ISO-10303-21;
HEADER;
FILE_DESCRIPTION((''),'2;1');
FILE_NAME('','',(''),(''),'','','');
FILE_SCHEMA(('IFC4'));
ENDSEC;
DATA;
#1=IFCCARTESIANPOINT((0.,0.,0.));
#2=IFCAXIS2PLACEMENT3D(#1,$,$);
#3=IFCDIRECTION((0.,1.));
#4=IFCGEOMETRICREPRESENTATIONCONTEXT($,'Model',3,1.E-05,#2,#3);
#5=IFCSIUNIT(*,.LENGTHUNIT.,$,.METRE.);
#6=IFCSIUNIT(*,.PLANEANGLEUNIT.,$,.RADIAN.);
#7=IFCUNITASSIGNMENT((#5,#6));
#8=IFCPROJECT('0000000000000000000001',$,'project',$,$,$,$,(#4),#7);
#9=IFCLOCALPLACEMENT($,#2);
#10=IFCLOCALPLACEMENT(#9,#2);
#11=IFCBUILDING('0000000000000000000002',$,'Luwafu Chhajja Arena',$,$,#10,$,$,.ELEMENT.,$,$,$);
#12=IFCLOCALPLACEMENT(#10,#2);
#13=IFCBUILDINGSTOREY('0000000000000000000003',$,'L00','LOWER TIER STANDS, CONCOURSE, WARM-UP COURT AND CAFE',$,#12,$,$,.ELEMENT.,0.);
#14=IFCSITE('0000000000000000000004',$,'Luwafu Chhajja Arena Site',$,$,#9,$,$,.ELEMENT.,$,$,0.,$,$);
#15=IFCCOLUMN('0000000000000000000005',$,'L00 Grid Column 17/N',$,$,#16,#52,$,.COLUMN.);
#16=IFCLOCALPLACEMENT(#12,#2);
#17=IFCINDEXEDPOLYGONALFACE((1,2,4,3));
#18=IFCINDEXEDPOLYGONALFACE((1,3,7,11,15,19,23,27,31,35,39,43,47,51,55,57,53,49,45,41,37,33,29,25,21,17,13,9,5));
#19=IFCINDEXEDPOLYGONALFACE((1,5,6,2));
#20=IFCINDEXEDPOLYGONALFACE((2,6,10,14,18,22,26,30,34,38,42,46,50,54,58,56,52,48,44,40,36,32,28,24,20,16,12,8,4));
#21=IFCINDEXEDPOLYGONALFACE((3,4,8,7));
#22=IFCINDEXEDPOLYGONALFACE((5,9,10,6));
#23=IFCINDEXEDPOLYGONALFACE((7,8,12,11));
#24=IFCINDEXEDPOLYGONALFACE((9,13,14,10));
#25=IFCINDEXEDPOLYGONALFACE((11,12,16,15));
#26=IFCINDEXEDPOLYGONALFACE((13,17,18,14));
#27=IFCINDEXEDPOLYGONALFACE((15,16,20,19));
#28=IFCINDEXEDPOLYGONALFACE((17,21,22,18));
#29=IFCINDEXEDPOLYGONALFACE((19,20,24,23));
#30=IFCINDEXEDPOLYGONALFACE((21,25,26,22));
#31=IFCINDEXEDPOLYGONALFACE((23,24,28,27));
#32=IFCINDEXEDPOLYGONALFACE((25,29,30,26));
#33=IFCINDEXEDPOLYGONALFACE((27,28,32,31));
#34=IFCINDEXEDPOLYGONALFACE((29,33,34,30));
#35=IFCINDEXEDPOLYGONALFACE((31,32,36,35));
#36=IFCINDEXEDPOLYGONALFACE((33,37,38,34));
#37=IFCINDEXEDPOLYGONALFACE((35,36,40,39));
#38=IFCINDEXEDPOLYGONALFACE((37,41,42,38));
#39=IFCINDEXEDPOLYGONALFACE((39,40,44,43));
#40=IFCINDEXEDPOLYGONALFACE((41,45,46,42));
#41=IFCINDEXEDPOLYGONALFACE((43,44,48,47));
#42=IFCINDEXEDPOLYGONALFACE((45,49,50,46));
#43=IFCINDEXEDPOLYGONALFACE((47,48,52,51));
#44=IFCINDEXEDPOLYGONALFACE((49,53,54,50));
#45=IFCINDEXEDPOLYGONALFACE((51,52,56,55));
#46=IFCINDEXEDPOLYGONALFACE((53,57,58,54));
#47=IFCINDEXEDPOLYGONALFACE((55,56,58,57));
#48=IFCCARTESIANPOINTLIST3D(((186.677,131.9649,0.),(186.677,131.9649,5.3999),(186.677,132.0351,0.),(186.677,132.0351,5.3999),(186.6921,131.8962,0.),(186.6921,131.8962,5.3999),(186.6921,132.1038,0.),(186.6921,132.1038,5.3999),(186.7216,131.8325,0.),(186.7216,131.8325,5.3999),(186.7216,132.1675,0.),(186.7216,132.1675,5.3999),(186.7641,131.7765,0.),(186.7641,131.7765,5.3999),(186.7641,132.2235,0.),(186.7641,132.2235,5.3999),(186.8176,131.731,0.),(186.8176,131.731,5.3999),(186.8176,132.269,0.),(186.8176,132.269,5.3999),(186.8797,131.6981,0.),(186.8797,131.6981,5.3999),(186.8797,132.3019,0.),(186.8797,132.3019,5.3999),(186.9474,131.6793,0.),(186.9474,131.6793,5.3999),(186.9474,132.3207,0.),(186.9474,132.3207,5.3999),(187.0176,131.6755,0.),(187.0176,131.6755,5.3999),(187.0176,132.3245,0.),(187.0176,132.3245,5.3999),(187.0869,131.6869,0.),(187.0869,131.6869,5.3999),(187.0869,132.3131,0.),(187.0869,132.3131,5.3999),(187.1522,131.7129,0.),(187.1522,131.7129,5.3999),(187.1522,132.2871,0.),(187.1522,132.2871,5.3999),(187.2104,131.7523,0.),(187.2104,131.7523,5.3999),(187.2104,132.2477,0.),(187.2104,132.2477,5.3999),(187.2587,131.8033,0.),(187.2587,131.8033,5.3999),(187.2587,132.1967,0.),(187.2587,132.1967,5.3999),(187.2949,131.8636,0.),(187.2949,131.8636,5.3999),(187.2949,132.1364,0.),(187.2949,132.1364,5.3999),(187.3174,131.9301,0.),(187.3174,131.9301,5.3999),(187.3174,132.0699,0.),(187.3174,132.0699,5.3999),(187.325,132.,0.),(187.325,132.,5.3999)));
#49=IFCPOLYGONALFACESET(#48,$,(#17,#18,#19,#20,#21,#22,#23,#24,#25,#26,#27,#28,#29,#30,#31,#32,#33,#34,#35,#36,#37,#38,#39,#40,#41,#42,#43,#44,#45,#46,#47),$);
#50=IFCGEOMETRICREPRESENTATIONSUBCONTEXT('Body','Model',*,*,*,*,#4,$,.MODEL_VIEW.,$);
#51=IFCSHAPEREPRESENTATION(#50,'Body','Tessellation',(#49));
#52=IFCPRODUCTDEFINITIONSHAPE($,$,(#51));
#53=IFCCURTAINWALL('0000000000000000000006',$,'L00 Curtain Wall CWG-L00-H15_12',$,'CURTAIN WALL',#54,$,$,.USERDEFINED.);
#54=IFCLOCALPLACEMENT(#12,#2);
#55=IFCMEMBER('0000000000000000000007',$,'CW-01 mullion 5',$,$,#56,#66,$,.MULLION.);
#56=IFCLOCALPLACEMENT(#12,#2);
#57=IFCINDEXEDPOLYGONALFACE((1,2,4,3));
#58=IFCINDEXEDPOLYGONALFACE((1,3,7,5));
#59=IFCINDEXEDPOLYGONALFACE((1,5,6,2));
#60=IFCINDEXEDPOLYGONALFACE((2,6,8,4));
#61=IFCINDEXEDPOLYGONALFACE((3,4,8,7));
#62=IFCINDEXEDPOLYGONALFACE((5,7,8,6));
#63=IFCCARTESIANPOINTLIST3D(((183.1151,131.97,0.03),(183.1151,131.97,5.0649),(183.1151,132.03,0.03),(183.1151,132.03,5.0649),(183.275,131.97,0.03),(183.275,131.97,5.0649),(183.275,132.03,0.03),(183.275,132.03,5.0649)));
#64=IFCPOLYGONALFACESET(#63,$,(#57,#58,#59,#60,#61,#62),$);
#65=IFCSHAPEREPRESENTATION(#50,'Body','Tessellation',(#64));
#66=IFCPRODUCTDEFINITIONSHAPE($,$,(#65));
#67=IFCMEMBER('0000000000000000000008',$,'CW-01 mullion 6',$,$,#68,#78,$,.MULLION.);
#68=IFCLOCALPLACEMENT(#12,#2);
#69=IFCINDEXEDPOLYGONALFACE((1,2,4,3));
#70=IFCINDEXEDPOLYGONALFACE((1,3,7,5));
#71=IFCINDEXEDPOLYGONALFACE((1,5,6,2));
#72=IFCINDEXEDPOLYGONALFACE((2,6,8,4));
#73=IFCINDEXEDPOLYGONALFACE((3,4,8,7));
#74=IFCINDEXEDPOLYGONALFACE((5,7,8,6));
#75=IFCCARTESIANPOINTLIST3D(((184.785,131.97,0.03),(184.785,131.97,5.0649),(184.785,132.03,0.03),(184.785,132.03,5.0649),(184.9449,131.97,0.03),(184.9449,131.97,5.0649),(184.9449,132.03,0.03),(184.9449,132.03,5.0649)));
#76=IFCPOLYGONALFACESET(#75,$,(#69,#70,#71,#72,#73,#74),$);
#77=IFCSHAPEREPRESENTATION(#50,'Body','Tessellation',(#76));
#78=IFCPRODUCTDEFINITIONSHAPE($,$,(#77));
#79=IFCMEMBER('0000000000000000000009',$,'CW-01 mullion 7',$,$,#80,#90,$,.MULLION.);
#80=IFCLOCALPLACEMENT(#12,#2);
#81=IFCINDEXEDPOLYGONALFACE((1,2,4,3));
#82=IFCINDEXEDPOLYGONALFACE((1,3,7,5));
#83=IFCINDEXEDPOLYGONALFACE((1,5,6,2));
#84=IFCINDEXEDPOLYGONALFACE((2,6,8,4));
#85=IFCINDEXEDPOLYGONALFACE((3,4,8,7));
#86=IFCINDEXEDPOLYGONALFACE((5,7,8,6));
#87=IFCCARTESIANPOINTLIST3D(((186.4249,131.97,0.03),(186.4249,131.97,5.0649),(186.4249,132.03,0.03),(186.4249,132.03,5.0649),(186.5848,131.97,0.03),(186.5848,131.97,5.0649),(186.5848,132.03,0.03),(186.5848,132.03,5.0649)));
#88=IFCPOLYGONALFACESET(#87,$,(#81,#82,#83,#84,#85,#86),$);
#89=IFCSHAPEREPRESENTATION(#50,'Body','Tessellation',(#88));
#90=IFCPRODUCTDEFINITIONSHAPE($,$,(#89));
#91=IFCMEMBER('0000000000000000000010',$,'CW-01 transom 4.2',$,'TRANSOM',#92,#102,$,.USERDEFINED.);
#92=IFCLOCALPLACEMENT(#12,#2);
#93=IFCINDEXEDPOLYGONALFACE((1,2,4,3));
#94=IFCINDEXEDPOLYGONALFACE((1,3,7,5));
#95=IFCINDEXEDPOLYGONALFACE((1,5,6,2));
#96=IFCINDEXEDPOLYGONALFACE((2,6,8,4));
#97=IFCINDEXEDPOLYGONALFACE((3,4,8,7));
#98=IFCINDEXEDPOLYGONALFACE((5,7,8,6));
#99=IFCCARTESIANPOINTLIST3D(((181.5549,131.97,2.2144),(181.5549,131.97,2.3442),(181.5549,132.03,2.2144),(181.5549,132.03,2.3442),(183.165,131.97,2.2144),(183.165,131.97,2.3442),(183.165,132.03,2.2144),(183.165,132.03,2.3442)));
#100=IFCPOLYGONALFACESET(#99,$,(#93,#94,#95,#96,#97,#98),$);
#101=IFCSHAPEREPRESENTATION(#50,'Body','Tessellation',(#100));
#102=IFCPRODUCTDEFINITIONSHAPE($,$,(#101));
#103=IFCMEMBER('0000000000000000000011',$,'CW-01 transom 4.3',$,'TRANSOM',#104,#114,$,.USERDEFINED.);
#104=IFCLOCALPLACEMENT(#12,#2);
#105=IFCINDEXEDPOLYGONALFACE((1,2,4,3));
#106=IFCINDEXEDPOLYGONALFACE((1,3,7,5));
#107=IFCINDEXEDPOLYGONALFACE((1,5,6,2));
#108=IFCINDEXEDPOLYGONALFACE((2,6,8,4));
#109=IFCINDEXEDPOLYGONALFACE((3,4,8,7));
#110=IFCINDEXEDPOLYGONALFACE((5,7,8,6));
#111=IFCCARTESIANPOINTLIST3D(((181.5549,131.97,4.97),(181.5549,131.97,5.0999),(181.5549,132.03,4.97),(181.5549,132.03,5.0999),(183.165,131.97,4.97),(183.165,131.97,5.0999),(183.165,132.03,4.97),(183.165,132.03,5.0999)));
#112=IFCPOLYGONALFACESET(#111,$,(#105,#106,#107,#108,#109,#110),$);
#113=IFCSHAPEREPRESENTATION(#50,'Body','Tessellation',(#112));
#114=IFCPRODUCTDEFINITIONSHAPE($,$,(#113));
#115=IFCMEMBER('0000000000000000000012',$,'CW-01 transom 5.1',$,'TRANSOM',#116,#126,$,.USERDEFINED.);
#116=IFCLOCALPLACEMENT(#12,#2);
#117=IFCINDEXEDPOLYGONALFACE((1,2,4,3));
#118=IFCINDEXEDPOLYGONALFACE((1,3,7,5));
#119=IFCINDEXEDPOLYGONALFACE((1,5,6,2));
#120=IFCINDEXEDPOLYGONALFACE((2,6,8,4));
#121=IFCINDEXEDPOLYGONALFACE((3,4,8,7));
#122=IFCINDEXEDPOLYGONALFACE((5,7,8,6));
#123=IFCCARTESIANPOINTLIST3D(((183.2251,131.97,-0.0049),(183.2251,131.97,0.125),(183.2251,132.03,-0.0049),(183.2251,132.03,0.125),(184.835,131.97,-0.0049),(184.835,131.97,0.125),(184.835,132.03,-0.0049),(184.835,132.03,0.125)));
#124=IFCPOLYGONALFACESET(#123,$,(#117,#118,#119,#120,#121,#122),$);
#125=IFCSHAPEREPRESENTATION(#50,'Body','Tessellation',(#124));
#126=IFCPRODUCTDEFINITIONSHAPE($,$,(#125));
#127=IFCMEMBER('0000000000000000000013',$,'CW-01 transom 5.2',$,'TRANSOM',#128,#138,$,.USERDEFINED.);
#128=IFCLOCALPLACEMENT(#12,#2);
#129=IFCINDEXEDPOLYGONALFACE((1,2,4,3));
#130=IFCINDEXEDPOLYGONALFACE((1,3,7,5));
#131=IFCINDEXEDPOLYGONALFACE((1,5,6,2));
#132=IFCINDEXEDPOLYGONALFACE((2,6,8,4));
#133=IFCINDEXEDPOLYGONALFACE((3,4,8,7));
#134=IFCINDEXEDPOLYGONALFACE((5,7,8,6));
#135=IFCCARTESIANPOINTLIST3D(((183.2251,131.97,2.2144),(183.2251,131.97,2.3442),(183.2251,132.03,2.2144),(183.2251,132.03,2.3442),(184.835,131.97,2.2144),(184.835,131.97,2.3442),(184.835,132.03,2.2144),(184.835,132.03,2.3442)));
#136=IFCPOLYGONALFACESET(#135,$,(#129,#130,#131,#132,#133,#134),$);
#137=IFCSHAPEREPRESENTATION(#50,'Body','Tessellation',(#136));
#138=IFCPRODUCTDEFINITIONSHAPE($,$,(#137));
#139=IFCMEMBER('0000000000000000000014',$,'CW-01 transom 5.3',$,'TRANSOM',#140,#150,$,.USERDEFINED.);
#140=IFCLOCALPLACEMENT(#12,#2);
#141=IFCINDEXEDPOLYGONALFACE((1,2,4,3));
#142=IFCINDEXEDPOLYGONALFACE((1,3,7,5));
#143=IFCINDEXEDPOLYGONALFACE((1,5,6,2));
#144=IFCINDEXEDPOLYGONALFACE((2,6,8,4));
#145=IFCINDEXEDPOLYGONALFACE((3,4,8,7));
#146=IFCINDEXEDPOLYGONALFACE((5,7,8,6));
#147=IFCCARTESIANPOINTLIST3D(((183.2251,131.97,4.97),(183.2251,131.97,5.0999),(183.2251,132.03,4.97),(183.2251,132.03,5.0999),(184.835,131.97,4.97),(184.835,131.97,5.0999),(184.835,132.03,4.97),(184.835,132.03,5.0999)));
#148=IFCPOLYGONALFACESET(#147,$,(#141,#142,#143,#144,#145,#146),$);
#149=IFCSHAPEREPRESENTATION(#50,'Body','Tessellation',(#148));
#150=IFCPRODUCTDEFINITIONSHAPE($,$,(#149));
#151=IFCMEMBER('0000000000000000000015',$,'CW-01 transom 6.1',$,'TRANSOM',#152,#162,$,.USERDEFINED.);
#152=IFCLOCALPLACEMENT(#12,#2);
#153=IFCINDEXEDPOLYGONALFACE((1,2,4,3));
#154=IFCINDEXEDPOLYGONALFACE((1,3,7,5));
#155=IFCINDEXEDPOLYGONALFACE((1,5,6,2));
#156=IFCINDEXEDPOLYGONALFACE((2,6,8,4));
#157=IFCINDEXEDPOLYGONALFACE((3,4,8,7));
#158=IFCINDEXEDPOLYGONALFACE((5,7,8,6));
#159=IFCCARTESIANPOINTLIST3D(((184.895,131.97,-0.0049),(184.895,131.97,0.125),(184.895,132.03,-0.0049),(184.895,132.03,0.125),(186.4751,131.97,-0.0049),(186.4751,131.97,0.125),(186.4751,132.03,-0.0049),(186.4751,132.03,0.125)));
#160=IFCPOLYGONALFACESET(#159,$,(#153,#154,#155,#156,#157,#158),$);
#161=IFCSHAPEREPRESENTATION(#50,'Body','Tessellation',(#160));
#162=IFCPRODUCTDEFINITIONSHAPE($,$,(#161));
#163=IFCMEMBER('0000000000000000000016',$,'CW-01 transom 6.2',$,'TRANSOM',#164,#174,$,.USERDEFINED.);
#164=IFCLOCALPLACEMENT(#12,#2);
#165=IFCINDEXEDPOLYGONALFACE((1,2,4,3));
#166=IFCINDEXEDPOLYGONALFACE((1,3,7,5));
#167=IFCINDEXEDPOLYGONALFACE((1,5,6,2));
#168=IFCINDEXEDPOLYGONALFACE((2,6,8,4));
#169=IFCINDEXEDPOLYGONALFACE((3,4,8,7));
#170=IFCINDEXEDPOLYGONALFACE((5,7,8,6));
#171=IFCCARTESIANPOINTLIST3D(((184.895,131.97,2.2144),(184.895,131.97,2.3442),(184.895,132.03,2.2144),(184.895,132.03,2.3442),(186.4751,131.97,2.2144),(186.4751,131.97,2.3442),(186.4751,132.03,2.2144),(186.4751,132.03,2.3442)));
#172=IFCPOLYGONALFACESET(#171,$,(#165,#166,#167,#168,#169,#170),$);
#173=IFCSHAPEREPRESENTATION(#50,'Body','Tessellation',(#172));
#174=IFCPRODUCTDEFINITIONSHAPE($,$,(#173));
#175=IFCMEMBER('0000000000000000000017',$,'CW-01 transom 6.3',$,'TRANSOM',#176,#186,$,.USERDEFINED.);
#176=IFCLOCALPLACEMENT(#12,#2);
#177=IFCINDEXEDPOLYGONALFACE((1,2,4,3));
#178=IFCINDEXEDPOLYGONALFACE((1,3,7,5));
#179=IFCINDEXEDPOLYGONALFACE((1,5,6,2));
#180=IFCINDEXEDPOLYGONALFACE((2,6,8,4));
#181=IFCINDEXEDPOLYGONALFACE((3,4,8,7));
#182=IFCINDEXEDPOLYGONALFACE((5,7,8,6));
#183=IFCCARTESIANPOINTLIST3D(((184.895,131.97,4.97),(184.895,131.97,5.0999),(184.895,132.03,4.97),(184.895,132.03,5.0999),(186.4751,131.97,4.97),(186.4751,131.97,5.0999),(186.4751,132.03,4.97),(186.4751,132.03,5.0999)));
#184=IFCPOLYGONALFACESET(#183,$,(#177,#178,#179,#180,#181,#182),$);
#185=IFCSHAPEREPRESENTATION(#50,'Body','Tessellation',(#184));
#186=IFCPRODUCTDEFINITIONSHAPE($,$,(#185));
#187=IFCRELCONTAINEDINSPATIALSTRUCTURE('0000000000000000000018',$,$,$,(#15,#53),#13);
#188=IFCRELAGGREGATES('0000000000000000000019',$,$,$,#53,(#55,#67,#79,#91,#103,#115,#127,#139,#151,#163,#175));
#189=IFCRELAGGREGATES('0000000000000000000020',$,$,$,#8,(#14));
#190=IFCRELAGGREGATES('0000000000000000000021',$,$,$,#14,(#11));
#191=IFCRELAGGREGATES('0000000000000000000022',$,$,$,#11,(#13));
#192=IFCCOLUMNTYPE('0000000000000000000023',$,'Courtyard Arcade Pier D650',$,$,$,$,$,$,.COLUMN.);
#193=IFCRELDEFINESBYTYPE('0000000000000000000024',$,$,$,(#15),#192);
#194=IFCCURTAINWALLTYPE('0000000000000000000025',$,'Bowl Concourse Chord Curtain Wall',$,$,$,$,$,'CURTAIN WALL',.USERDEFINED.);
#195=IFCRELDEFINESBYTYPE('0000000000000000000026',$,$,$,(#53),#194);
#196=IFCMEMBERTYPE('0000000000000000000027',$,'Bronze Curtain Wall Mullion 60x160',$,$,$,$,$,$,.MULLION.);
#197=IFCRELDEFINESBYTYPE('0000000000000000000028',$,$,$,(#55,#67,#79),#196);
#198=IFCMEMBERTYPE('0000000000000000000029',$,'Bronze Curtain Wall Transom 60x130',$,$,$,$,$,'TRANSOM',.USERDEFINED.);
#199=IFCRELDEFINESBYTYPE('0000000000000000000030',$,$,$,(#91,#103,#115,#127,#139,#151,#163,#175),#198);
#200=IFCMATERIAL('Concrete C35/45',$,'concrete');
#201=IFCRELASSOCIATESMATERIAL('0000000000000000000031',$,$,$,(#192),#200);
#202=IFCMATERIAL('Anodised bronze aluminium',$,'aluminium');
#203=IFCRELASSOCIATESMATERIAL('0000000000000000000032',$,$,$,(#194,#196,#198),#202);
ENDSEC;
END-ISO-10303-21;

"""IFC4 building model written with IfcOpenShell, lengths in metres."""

from ifc_helpers import new_model, si_unit, direction, frame, origin, origin_2d, place, context, subcontext, project, spatial, rectangle, circle, extrude, material, material_profile, profile_set, type_object, element, aggregate, save


model = new_model("IFC4")

# Units and contexts
model_context = context("Model", 3, precision=1e-05, world=origin(), true_north=direction((0.0, 1.0)))
body_context = subcontext(model_context, "Body", "Model", "MODEL_VIEW")
ifc_project = project(units=[si_unit("LENGTHUNIT", "METRE"), si_unit("PLANEANGLEUNIT", "RADIAN")], contexts=[model_context])

# Site, building, storey
site_placement = place(None, origin())
site = spatial("IfcSite", under=ifc_project, at=site_placement, Name="Luwafu Chhajja Arena Site", CompositionType="ELEMENT", RefElevation=0.0)
building_placement = place(site_placement, origin())
building = spatial("IfcBuilding", under=site, at=building_placement, Name="Luwafu Chhajja Arena", CompositionType="ELEMENT")
storey_placement = place(building_placement, origin())
storey = spatial("IfcBuildingStorey", under=building, at=storey_placement, Name="L00", Description="LOWER TIER STANDS, CONCOURSE, WARM-UP COURT AND CAFE", CompositionType="ELEMENT", Elevation=0.0)

# Column
ifc_material_1 = material(Name="Concrete C35/45", Category="concrete")
ifc_material_profile_1 = material_profile(ifc_material_1, circle(Radius=0.325, at=origin_2d()), Name="RC COL D650")
ifc_profile_set_1 = profile_set([ifc_material_profile_1], Name="Concrete C35/45")
column_type = type_object("IfcColumnType", Name="Courtyard Arcade Pier D650", PredefinedType="COLUMN", material=ifc_profile_set_1)
column_placement = place(storey_placement, frame((187.0, 132.0, 0.0), z_axis=(0.0, 0.0, 1.0), x_axis=(1.0, 0.0, 0.0)))
element("IfcColumn", 1, at=column_placement, inside=storey, type_object=column_type, Name="L00 Grid Column 17/N", PredefinedType="COLUMN", context=body_context, shape_type="SweptSolid", body=[
    extrude(circle(Radius=0.325, at=origin_2d()), origin(), (0.0, 0.0, 1.0), 5.3999),
])

# Curtain wall, members
ifc_material_2 = material(Name="Anodised bronze aluminium", Category="aluminium")
curtain_wall_type = type_object("IfcCurtainWallType", Name="Bowl Concourse Chord Curtain Wall", ElementType="CURTAIN WALL", PredefinedType="USERDEFINED", material=ifc_material_2)
curtain_wall_placement = place(storey_placement, origin())
curtain_wall = element("IfcCurtainWall", 2, at=curtain_wall_placement, inside=storey, type_object=curtain_wall_type, Name="L00 Curtain Wall CWG-L00-H15_12", ObjectType="CURTAIN WALL", PredefinedType="USERDEFINED")
ifc_material_profile_2 = material_profile(ifc_material_2, rectangle(XDim=0.0601, YDim=0.1599, at=origin_2d()), Name="CWM 60x160")
ifc_profile_set_2 = profile_set([ifc_material_profile_2], Name="Anodised bronze aluminium")
member_type_1 = type_object("IfcMemberType", Name="Bronze Curtain Wall Mullion 60x160", PredefinedType="MULLION", material=ifc_profile_set_2)
member_1_placement = place(storey_placement, frame((183.1951, 132.0, 0.03), z_axis=(0.0, 0.0, 1.0), x_axis=(0.0, 1.0, 0.0)))
member_1 = element("IfcMember", 3, at=member_1_placement, type_object=member_type_1, Name="CW-01 mullion 5", PredefinedType="MULLION", context=body_context, shape_type="SweptSolid", body=[
    extrude(rectangle(XDim=0.0601, YDim=0.1599, at=origin_2d()), origin(), (0.0, 0.0, 1.0), 5.0349),
])
member_2_placement = place(storey_placement, frame((184.865, 132.0, 0.03), z_axis=(0.0, 0.0, 1.0), x_axis=(0.0, 1.0, 0.0)))
member_2 = element("IfcMember", 4, at=member_2_placement, type_object=member_type_1, Name="CW-01 mullion 6", PredefinedType="MULLION", context=body_context, shape_type="SweptSolid", body=[
    extrude(rectangle(XDim=0.0601, YDim=0.1599, at=origin_2d()), origin(), (0.0, 0.0, 1.0), 5.0349),
])
member_3_placement = place(storey_placement, frame((186.5049, 132.0, 0.03), z_axis=(0.0, 0.0, 1.0), x_axis=(0.0, 1.0, 0.0)))
member_3 = element("IfcMember", 5, at=member_3_placement, type_object=member_type_1, Name="CW-01 mullion 7", PredefinedType="MULLION", context=body_context, shape_type="SweptSolid", body=[
    extrude(rectangle(XDim=0.0601, YDim=0.1599, at=origin_2d()), origin(), (0.0, 0.0, 1.0), 5.0349),
])
ifc_material_profile_3 = material_profile(ifc_material_2, rectangle(XDim=0.0601, YDim=0.1299, at=origin_2d()), Name="CWT 60x130")
ifc_profile_set_3 = profile_set([ifc_material_profile_3], Name="Anodised bronze aluminium")
member_type_2 = type_object("IfcMemberType", Name="Bronze Curtain Wall Transom 60x130", ElementType="TRANSOM", PredefinedType="USERDEFINED", material=ifc_profile_set_3)
member_4_placement = place(storey_placement, frame((181.5549, 132.0, 2.2793), z_axis=(1.0, 0.0, 0.0), x_axis=(0.0, 1.0, 0.0)))
member_4 = element("IfcMember", 6, at=member_4_placement, type_object=member_type_2, Name="CW-01 transom 4.2", ObjectType="TRANSOM", PredefinedType="USERDEFINED", context=body_context, shape_type="SweptSolid", body=[
    extrude(rectangle(XDim=0.0601, YDim=0.1299, at=origin_2d()), origin(), (0.0, 0.0, 1.0), 1.6101),
])
member_5_placement = place(storey_placement, frame((181.5549, 132.0, 5.0349), z_axis=(1.0, 0.0, 0.0), x_axis=(0.0, 1.0, 0.0)))
member_5 = element("IfcMember", 7, at=member_5_placement, type_object=member_type_2, Name="CW-01 transom 4.3", ObjectType="TRANSOM", PredefinedType="USERDEFINED", context=body_context, shape_type="SweptSolid", body=[
    extrude(rectangle(XDim=0.0601, YDim=0.1299, at=origin_2d()), origin(), (0.0, 0.0, 1.0), 1.6101),
])
member_6_placement = place(storey_placement, frame((183.2251, 132.0, 0.0601), z_axis=(1.0, 0.0, 0.0), x_axis=(0.0, 1.0, 0.0)))
member_6 = element("IfcMember", 8, at=member_6_placement, type_object=member_type_2, Name="CW-01 transom 5.1", ObjectType="TRANSOM", PredefinedType="USERDEFINED", context=body_context, shape_type="SweptSolid", body=[
    extrude(rectangle(XDim=0.0601, YDim=0.1299, at=origin_2d()), origin(), (0.0, 0.0, 1.0), 1.6099),
])
member_7_placement = place(storey_placement, frame((183.2251, 132.0, 2.2793), z_axis=(1.0, 0.0, 0.0), x_axis=(0.0, 1.0, 0.0)))
member_7 = element("IfcMember", 9, at=member_7_placement, type_object=member_type_2, Name="CW-01 transom 5.2", ObjectType="TRANSOM", PredefinedType="USERDEFINED", context=body_context, shape_type="SweptSolid", body=[
    extrude(rectangle(XDim=0.0601, YDim=0.1299, at=origin_2d()), origin(), (0.0, 0.0, 1.0), 1.6099),
])
member_8_placement = place(storey_placement, frame((183.2251, 132.0, 5.0349), z_axis=(1.0, 0.0, 0.0), x_axis=(0.0, 1.0, 0.0)))
member_8 = element("IfcMember", 10, at=member_8_placement, type_object=member_type_2, Name="CW-01 transom 5.3", ObjectType="TRANSOM", PredefinedType="USERDEFINED", context=body_context, shape_type="SweptSolid", body=[
    extrude(rectangle(XDim=0.0601, YDim=0.1299, at=origin_2d()), origin(), (0.0, 0.0, 1.0), 1.6099),
])
member_9_placement = place(storey_placement, frame((184.895, 132.0, 0.0601), z_axis=(1.0, 0.0, 0.0), x_axis=(0.0, 1.0, 0.0)))
member_9 = element("IfcMember", 11, at=member_9_placement, type_object=member_type_2, Name="CW-01 transom 6.1", ObjectType="TRANSOM", PredefinedType="USERDEFINED", context=body_context, shape_type="SweptSolid", body=[
    extrude(rectangle(XDim=0.0601, YDim=0.1299, at=origin_2d()), origin(), (0.0, 0.0, 1.0), 1.5801),
])
member_10_placement = place(storey_placement, frame((184.895, 132.0, 2.2793), z_axis=(1.0, 0.0, 0.0), x_axis=(0.0, 1.0, 0.0)))
member_10 = element("IfcMember", 12, at=member_10_placement, type_object=member_type_2, Name="CW-01 transom 6.2", ObjectType="TRANSOM", PredefinedType="USERDEFINED", context=body_context, shape_type="SweptSolid", body=[
    extrude(rectangle(XDim=0.0601, YDim=0.1299, at=origin_2d()), origin(), (0.0, 0.0, 1.0), 1.5801),
])
member_11_placement = place(storey_placement, frame((184.895, 132.0, 5.0349), z_axis=(1.0, 0.0, 0.0), x_axis=(0.0, 1.0, 0.0)))
member_11 = element("IfcMember", 13, at=member_11_placement, type_object=member_type_2, Name="CW-01 transom 6.3", ObjectType="TRANSOM", PredefinedType="USERDEFINED", context=body_context, shape_type="SweptSolid", body=[
    extrude(rectangle(XDim=0.0601, YDim=0.1299, at=origin_2d()), origin(), (0.0, 0.0, 1.0), 1.5801),
])

aggregate(curtain_wall, [member_1, member_2, member_3, member_4, member_5, member_6, member_7, member_8, member_9, member_10, member_11])

save(model, "model.ifc")
